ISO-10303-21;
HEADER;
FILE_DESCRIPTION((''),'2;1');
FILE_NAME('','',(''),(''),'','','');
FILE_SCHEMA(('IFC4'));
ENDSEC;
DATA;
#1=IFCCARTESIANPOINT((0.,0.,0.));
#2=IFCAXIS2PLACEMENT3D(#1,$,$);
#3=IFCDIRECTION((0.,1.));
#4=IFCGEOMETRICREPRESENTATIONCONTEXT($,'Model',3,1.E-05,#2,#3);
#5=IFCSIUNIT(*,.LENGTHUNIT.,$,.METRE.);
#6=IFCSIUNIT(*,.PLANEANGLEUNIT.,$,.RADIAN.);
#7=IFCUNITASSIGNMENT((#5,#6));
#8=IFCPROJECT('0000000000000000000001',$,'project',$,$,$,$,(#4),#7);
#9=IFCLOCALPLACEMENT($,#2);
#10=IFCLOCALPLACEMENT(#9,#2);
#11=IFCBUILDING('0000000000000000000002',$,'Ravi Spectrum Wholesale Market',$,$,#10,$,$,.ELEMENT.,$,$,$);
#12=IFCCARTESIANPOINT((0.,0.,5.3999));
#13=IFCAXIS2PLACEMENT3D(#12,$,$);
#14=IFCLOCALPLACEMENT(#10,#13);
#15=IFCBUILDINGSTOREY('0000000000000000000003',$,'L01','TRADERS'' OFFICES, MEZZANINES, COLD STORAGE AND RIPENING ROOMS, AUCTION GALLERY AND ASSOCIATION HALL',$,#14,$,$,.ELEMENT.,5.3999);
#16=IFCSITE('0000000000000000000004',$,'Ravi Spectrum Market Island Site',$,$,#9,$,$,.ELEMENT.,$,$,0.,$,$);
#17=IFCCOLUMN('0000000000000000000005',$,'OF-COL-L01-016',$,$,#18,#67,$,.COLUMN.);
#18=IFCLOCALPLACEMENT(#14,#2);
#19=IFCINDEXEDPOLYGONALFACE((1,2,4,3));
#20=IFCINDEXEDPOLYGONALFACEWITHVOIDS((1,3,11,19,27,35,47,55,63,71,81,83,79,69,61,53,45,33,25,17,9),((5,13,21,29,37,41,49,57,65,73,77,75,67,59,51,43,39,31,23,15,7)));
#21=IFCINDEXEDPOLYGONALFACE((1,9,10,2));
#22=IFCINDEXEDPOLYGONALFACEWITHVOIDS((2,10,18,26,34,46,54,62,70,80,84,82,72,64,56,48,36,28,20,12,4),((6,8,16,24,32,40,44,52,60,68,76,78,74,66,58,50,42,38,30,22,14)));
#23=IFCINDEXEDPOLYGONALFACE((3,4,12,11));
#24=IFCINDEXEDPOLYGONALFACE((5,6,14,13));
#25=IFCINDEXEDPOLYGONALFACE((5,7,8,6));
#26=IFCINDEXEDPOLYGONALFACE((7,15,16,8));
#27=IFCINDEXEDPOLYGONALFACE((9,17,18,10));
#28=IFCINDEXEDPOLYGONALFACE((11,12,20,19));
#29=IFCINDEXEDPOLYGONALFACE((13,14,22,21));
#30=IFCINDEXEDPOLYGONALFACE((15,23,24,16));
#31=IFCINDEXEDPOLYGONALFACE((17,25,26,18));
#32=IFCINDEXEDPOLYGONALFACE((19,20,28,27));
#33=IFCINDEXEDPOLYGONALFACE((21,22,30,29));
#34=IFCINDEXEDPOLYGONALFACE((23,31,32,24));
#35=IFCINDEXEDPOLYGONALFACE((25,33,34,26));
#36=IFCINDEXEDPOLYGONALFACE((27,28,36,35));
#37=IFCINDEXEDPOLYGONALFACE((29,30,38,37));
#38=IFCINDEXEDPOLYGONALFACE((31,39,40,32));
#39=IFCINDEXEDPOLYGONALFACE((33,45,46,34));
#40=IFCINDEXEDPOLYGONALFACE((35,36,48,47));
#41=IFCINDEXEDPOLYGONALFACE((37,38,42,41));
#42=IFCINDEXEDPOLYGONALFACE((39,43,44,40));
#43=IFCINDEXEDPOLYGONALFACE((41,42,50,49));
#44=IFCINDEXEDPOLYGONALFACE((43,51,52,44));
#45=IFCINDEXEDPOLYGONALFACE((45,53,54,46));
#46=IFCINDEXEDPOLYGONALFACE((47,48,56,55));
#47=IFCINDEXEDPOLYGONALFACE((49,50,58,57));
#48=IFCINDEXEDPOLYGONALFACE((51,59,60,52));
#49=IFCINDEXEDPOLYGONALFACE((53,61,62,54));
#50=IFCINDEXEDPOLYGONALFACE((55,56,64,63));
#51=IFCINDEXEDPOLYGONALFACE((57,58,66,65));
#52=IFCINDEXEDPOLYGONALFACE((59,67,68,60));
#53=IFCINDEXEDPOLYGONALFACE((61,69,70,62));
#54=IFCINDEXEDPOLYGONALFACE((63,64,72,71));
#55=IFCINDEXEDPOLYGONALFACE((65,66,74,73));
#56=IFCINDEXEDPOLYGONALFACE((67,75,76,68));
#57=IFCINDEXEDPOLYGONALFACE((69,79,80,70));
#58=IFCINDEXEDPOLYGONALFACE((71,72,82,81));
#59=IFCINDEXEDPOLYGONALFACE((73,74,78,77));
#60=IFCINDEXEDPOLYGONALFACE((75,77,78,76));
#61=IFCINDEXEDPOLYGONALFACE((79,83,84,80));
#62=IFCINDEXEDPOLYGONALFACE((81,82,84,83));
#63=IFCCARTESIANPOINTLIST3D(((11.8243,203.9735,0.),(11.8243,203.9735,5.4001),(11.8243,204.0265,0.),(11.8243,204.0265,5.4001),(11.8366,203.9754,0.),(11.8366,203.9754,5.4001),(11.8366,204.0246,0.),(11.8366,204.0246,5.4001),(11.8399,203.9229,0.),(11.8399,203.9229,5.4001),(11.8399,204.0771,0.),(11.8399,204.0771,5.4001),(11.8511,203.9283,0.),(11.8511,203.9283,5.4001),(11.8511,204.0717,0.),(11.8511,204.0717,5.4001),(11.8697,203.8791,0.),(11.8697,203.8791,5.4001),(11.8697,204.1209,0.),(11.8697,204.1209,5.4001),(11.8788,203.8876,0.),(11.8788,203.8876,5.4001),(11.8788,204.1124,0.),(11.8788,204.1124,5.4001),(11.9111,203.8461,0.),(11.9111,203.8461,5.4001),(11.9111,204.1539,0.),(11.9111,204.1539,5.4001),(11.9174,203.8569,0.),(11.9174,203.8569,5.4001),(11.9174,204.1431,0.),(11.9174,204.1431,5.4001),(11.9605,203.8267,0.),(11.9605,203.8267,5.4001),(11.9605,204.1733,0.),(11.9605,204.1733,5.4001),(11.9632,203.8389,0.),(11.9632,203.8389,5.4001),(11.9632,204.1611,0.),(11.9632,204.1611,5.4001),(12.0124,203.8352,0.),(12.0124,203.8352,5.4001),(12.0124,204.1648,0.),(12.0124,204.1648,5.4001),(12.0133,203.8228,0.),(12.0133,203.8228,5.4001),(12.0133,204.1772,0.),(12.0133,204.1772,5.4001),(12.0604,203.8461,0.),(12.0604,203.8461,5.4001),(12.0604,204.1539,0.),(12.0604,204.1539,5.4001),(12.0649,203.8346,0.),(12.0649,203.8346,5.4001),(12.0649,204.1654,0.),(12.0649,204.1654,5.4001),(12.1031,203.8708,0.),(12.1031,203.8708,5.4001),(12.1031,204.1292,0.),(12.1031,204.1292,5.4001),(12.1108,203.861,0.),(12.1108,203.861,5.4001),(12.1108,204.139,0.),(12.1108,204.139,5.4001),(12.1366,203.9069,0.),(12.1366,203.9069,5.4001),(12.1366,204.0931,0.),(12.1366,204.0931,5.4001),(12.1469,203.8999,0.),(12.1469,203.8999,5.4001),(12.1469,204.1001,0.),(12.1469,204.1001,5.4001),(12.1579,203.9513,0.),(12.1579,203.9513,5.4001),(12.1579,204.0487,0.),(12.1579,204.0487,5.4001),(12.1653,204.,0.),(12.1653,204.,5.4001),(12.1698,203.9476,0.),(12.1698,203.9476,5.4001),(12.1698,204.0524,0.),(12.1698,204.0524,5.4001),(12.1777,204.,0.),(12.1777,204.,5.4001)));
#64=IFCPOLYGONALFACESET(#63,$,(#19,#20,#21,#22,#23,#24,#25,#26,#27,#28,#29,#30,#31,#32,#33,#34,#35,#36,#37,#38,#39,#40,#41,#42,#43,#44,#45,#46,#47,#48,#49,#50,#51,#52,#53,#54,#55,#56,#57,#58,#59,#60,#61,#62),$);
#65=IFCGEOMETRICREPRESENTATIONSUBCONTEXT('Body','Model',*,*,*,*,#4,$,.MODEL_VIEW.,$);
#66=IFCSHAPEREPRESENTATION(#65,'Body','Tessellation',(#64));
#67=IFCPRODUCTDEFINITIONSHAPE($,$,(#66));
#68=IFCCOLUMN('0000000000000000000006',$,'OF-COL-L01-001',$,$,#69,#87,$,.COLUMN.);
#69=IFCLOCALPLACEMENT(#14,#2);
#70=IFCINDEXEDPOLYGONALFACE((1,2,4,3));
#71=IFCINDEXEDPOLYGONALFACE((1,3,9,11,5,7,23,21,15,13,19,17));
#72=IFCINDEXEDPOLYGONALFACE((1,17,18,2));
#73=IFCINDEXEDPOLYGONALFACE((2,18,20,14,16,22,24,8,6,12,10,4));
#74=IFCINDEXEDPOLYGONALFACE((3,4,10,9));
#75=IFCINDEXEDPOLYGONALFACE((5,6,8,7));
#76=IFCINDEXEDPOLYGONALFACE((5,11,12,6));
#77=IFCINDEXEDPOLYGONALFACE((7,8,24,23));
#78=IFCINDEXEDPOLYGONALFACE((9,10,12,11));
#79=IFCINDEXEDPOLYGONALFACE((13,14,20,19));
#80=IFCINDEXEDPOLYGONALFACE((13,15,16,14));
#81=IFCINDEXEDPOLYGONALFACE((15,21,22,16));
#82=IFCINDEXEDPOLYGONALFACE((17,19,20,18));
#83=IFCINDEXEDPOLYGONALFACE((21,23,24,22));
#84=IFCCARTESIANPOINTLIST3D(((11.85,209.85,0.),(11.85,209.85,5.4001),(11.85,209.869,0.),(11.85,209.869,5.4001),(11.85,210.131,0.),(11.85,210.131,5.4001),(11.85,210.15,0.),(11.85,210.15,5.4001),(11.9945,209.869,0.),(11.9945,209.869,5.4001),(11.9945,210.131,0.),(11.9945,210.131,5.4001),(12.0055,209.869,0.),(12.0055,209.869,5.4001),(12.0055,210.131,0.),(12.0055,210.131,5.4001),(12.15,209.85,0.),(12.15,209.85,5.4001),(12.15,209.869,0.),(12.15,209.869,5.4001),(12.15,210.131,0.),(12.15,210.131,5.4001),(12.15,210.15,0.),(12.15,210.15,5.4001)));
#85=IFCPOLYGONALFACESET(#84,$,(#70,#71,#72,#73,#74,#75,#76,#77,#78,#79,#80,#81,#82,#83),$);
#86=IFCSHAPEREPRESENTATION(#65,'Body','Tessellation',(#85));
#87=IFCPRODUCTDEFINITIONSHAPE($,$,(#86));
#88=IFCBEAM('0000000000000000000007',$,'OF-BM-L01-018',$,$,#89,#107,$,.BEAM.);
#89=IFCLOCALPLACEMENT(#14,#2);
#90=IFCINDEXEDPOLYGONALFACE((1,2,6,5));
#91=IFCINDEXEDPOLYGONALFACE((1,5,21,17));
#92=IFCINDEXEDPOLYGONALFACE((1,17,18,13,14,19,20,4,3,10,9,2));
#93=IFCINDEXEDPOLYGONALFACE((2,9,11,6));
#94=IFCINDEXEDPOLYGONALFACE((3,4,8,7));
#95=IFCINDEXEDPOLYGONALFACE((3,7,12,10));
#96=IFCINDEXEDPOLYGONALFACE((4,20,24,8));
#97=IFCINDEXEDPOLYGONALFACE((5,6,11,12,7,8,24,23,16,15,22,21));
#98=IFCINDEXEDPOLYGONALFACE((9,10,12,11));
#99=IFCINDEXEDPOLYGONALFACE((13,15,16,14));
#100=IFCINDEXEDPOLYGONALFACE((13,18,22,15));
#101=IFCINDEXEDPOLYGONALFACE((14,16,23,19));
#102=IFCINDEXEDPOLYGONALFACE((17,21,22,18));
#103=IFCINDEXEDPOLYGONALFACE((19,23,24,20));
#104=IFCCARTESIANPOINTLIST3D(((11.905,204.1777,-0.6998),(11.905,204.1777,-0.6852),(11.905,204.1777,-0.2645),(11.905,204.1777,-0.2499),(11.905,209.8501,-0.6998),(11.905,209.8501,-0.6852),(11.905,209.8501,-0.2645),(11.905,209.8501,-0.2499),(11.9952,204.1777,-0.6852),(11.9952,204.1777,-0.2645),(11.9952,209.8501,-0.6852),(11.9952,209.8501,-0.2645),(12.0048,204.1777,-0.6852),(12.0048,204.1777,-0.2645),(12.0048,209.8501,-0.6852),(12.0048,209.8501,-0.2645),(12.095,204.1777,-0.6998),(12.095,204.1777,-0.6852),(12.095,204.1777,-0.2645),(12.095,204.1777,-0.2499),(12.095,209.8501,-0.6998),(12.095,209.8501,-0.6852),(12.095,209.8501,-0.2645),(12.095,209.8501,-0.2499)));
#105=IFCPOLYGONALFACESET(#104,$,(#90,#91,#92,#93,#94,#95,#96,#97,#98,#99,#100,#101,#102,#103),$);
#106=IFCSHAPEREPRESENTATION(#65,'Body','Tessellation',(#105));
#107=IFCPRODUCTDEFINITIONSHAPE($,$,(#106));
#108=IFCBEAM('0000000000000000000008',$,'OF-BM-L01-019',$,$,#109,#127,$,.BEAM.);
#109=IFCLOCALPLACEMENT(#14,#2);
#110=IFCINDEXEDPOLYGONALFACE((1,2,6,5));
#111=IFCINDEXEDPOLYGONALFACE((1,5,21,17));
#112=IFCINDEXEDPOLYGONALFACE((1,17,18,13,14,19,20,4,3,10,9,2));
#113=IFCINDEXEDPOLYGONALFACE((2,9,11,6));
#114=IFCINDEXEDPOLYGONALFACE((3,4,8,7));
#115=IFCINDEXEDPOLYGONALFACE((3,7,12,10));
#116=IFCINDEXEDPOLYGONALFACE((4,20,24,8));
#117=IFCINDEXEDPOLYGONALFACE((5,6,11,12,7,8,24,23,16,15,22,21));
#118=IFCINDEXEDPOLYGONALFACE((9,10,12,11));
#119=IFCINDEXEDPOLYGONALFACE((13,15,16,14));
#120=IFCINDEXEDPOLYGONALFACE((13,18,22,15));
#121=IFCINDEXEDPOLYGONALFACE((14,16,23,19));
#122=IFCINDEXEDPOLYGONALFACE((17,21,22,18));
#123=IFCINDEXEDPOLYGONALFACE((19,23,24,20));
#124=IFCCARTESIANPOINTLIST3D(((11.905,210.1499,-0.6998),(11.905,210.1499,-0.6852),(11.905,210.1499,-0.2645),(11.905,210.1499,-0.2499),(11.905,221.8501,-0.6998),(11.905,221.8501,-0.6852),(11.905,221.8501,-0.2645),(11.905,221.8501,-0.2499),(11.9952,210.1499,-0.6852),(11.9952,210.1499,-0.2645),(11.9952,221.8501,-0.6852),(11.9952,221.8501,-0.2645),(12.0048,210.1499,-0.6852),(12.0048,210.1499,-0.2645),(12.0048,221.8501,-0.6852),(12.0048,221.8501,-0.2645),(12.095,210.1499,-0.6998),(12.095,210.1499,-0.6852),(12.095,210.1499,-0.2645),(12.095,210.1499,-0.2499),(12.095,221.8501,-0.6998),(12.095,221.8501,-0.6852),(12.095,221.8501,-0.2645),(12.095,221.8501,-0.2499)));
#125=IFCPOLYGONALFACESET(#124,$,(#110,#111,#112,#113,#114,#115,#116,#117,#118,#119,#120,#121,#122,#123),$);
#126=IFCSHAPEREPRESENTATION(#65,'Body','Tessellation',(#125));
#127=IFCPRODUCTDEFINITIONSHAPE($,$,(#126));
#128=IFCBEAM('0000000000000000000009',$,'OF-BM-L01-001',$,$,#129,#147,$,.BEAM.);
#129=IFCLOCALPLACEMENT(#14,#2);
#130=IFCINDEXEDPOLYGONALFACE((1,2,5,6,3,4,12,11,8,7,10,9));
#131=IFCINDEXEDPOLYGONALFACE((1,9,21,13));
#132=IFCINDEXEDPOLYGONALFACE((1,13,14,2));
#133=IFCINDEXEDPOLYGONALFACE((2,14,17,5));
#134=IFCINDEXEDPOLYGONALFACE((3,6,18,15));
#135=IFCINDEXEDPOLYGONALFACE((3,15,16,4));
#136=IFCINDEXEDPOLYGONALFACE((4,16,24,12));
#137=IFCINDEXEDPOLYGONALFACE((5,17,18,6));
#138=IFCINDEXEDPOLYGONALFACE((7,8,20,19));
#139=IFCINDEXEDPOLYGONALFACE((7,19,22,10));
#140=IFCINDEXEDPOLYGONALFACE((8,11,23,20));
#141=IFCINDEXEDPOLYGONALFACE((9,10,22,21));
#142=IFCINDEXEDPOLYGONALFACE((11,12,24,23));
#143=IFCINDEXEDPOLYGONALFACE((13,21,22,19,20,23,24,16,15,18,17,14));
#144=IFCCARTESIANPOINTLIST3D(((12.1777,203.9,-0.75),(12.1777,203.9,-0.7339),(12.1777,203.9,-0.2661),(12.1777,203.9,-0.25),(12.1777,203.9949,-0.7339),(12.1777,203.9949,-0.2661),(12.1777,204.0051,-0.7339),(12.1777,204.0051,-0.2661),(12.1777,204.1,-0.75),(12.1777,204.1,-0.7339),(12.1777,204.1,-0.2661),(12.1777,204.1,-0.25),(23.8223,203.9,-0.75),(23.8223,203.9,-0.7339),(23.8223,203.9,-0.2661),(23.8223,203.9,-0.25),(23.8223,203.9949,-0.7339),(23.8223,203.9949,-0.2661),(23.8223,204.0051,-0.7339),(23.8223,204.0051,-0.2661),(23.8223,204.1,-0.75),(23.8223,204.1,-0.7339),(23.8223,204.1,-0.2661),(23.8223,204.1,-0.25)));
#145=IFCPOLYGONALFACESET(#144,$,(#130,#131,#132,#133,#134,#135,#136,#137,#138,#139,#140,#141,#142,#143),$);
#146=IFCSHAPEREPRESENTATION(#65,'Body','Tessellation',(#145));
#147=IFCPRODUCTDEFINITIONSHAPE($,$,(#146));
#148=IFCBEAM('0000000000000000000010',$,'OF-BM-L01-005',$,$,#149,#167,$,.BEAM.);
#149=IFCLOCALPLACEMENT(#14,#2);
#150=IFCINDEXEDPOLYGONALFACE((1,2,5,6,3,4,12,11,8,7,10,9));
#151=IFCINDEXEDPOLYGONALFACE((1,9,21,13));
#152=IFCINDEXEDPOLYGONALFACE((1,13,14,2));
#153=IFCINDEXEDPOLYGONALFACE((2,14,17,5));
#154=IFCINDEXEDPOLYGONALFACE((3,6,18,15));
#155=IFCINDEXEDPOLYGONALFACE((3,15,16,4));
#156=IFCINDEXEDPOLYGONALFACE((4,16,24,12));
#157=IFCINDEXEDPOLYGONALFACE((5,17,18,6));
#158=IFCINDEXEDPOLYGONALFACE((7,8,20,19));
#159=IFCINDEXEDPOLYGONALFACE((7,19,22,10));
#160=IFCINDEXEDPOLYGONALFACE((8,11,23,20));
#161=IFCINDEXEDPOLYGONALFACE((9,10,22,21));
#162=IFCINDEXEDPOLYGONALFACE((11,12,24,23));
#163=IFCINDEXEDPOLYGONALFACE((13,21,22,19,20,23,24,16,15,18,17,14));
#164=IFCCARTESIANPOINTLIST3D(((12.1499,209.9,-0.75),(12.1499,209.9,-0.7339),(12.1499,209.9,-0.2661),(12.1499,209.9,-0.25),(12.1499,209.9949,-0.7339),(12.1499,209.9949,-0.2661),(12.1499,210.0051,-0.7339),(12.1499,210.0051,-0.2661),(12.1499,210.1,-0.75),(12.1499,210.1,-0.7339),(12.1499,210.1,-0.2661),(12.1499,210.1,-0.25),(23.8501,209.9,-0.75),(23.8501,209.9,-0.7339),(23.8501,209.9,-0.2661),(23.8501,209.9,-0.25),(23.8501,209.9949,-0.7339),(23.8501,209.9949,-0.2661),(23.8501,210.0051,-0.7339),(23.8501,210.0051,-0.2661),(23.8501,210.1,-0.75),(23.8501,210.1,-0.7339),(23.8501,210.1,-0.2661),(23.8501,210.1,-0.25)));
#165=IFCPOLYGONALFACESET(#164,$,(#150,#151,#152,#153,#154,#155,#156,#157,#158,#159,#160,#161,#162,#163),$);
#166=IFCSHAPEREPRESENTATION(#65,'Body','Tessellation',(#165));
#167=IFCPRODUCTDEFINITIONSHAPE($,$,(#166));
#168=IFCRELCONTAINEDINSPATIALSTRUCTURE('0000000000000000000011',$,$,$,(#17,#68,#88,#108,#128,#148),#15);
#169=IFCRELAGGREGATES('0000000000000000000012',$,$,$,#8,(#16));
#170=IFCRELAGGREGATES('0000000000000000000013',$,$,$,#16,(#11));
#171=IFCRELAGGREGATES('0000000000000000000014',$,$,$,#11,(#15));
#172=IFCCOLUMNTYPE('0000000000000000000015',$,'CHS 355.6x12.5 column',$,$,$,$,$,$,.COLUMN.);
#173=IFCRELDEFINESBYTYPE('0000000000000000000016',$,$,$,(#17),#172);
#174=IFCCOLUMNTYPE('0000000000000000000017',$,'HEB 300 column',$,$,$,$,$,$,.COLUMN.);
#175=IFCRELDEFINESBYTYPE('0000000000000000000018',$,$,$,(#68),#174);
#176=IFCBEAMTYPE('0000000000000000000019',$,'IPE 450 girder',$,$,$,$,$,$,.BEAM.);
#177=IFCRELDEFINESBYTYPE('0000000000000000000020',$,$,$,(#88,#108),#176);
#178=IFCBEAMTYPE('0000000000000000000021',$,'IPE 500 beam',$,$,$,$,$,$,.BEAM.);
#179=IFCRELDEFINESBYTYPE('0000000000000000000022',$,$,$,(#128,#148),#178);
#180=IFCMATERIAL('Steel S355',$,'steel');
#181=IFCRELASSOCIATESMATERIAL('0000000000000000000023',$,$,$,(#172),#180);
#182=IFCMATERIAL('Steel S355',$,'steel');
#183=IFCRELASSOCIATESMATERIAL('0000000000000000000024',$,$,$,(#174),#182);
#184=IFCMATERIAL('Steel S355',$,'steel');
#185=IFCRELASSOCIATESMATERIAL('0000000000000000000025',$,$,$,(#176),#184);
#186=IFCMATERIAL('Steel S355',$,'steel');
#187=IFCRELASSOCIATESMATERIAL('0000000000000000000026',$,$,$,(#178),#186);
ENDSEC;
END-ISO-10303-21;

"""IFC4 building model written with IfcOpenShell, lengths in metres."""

from ifc_helpers import new_model, si_unit, direction, frame, origin, origin_2d, place, context, subcontext, project, spatial, hollow_circle, i_section, extrude, material, material_profile, profile_set, type_object, element, save


model = new_model("IFC4")

# Units and contexts
model_context = context("Model", 3, precision=1e-05, world=origin(), true_north=direction((0.0, 1.0)))
body_context = subcontext(model_context, "Body", "Model", "MODEL_VIEW")
ifc_project = project(units=[si_unit("LENGTHUNIT", "METRE"), si_unit("PLANEANGLEUNIT", "RADIAN")], contexts=[model_context])

# Site, building, storey
site_placement = place(None, origin())
site = spatial("IfcSite", under=ifc_project, at=site_placement, Name="Ravi Spectrum Market Island Site", CompositionType="ELEMENT", RefElevation=0.0)
building_placement = place(site_placement, origin())
building = spatial("IfcBuilding", under=site, at=building_placement, Name="Ravi Spectrum Wholesale Market", CompositionType="ELEMENT")
storey_placement = place(building_placement, frame((0.0, 0.0, 5.3999)))
storey = spatial("IfcBuildingStorey", under=building, at=storey_placement, Name="L01", Description="TRADERS' OFFICES, MEZZANINES, COLD STORAGE AND RIPENING ROOMS, AUCTION GALLERY AND ASSOCIATION HALL", CompositionType="ELEMENT", Elevation=5.3999)

# Columns
ifc_material_1 = material(Name="Steel S355", Category="steel")
ifc_material_profile_1 = material_profile(ifc_material_1, hollow_circle(Radius=0.1777, WallThickness=0.0125, at=origin_2d()))
ifc_profile_set_1 = profile_set([ifc_material_profile_1], Name="Steel S355")
column_type_1 = type_object("IfcColumnType", Name="CHS 355.6x12.5 column", PredefinedType="COLUMN", material=ifc_profile_set_1)
column_1_placement = place(storey_placement, frame((12.0, 204.0, 0.0), z_axis=(0.0, 0.0, 1.0), x_axis=(1.0, 0.0, 0.0)))
element("IfcColumn", 1, at=column_1_placement, inside=storey, type_object=column_type_1, Name="OF-COL-L01-016", PredefinedType="COLUMN", context=body_context, shape_type="SweptSolid", body=[
    extrude(hollow_circle(Radius=0.1777, WallThickness=0.0125, at=origin_2d()), origin(), (0.0, 0.0, 1.0), 5.4001),
])
ifc_material_2 = material(Name="Steel S355", Category="steel")
ifc_material_profile_2 = material_profile(ifc_material_2, i_section(OverallWidth=0.3, OverallDepth=0.3, WebThickness=0.011, FlangeThickness=0.019, at=origin_2d()))
ifc_profile_set_2 = profile_set([ifc_material_profile_2], Name="Steel S355")
column_type_2 = type_object("IfcColumnType", Name="HEB 300 column", PredefinedType="COLUMN", material=ifc_profile_set_2)
column_2_placement = place(storey_placement, frame((12.0, 210.0, 0.0), z_axis=(0.0, 0.0, 1.0), x_axis=(1.0, 0.0, 0.0)))
element("IfcColumn", 2, at=column_2_placement, inside=storey, type_object=column_type_2, Name="OF-COL-L01-001", PredefinedType="COLUMN", context=body_context, shape_type="SweptSolid", body=[
    extrude(i_section(OverallWidth=0.3, OverallDepth=0.3, WebThickness=0.011, FlangeThickness=0.019, at=origin_2d()), origin(), (0.0, 0.0, 1.0), 5.4001),
])

# Beams
ifc_material_3 = material(Name="Steel S355", Category="steel")
ifc_material_profile_3 = material_profile(ifc_material_3, i_section(OverallWidth=0.1899, OverallDepth=0.45, WebThickness=0.0095, FlangeThickness=0.0146, at=origin_2d()))
ifc_profile_set_3 = profile_set([ifc_material_profile_3], Name="Steel S355")
beam_type_1 = type_object("IfcBeamType", Name="IPE 450 girder", PredefinedType="BEAM", material=ifc_profile_set_3)
beam_1_placement = place(storey_placement, frame((12.0, 204.1777, -0.4749), z_axis=(0.0, 1.0, 0.0), x_axis=(-1.0, 0.0, 0.0)))
element("IfcBeam", 3, at=beam_1_placement, inside=storey, type_object=beam_type_1, Name="OF-BM-L01-018", PredefinedType="BEAM", context=body_context, shape_type="SweptSolid", body=[
    extrude(i_section(OverallWidth=0.1899, OverallDepth=0.45, WebThickness=0.0095, FlangeThickness=0.0146, at=origin_2d()), origin(), (0.0, 0.0, 1.0), 5.6724),
])
beam_2_placement = place(storey_placement, frame((12.0, 210.1499, -0.4749), z_axis=(0.0, 1.0, 0.0), x_axis=(-1.0, 0.0, 0.0)))
element("IfcBeam", 4, at=beam_2_placement, inside=storey, type_object=beam_type_1, Name="OF-BM-L01-019", PredefinedType="BEAM", context=body_context, shape_type="SweptSolid", body=[
    extrude(i_section(OverallWidth=0.1899, OverallDepth=0.45, WebThickness=0.0095, FlangeThickness=0.0146, at=origin_2d()), origin(), (0.0, 0.0, 1.0), 11.7002),
])
ifc_material_4 = material(Name="Steel S355", Category="steel")
ifc_material_profile_4 = material_profile(ifc_material_4, i_section(OverallWidth=0.2, OverallDepth=0.5, WebThickness=0.0103, FlangeThickness=0.0161, at=origin_2d()))
ifc_profile_set_4 = profile_set([ifc_material_profile_4], Name="Steel S355")
beam_type_2 = type_object("IfcBeamType", Name="IPE 500 beam", PredefinedType="BEAM", material=ifc_profile_set_4)
beam_3_placement = place(storey_placement, frame((12.1777, 204.0, -0.5), z_axis=(1.0, 0.0, 0.0), x_axis=(0.0, 1.0, 0.0)))
element("IfcBeam", 5, at=beam_3_placement, inside=storey, type_object=beam_type_2, Name="OF-BM-L01-001", PredefinedType="BEAM", context=body_context, shape_type="SweptSolid", body=[
    extrude(i_section(OverallWidth=0.2, OverallDepth=0.5, WebThickness=0.0103, FlangeThickness=0.0161, at=origin_2d()), origin(), (0.0, 0.0, 1.0), 11.6445),
])
beam_4_placement = place(storey_placement, frame((12.1499, 210.0, -0.5), z_axis=(1.0, 0.0, 0.0), x_axis=(0.0, 1.0, 0.0)))
element("IfcBeam", 6, at=beam_4_placement, inside=storey, type_object=beam_type_2, Name="OF-BM-L01-005", PredefinedType="BEAM", context=body_context, shape_type="SweptSolid", body=[
    extrude(i_section(OverallWidth=0.2, OverallDepth=0.5, WebThickness=0.0103, FlangeThickness=0.0161, at=origin_2d()), origin(), (0.0, 0.0, 1.0), 11.7002),
])

save(model, "model.ifc")
